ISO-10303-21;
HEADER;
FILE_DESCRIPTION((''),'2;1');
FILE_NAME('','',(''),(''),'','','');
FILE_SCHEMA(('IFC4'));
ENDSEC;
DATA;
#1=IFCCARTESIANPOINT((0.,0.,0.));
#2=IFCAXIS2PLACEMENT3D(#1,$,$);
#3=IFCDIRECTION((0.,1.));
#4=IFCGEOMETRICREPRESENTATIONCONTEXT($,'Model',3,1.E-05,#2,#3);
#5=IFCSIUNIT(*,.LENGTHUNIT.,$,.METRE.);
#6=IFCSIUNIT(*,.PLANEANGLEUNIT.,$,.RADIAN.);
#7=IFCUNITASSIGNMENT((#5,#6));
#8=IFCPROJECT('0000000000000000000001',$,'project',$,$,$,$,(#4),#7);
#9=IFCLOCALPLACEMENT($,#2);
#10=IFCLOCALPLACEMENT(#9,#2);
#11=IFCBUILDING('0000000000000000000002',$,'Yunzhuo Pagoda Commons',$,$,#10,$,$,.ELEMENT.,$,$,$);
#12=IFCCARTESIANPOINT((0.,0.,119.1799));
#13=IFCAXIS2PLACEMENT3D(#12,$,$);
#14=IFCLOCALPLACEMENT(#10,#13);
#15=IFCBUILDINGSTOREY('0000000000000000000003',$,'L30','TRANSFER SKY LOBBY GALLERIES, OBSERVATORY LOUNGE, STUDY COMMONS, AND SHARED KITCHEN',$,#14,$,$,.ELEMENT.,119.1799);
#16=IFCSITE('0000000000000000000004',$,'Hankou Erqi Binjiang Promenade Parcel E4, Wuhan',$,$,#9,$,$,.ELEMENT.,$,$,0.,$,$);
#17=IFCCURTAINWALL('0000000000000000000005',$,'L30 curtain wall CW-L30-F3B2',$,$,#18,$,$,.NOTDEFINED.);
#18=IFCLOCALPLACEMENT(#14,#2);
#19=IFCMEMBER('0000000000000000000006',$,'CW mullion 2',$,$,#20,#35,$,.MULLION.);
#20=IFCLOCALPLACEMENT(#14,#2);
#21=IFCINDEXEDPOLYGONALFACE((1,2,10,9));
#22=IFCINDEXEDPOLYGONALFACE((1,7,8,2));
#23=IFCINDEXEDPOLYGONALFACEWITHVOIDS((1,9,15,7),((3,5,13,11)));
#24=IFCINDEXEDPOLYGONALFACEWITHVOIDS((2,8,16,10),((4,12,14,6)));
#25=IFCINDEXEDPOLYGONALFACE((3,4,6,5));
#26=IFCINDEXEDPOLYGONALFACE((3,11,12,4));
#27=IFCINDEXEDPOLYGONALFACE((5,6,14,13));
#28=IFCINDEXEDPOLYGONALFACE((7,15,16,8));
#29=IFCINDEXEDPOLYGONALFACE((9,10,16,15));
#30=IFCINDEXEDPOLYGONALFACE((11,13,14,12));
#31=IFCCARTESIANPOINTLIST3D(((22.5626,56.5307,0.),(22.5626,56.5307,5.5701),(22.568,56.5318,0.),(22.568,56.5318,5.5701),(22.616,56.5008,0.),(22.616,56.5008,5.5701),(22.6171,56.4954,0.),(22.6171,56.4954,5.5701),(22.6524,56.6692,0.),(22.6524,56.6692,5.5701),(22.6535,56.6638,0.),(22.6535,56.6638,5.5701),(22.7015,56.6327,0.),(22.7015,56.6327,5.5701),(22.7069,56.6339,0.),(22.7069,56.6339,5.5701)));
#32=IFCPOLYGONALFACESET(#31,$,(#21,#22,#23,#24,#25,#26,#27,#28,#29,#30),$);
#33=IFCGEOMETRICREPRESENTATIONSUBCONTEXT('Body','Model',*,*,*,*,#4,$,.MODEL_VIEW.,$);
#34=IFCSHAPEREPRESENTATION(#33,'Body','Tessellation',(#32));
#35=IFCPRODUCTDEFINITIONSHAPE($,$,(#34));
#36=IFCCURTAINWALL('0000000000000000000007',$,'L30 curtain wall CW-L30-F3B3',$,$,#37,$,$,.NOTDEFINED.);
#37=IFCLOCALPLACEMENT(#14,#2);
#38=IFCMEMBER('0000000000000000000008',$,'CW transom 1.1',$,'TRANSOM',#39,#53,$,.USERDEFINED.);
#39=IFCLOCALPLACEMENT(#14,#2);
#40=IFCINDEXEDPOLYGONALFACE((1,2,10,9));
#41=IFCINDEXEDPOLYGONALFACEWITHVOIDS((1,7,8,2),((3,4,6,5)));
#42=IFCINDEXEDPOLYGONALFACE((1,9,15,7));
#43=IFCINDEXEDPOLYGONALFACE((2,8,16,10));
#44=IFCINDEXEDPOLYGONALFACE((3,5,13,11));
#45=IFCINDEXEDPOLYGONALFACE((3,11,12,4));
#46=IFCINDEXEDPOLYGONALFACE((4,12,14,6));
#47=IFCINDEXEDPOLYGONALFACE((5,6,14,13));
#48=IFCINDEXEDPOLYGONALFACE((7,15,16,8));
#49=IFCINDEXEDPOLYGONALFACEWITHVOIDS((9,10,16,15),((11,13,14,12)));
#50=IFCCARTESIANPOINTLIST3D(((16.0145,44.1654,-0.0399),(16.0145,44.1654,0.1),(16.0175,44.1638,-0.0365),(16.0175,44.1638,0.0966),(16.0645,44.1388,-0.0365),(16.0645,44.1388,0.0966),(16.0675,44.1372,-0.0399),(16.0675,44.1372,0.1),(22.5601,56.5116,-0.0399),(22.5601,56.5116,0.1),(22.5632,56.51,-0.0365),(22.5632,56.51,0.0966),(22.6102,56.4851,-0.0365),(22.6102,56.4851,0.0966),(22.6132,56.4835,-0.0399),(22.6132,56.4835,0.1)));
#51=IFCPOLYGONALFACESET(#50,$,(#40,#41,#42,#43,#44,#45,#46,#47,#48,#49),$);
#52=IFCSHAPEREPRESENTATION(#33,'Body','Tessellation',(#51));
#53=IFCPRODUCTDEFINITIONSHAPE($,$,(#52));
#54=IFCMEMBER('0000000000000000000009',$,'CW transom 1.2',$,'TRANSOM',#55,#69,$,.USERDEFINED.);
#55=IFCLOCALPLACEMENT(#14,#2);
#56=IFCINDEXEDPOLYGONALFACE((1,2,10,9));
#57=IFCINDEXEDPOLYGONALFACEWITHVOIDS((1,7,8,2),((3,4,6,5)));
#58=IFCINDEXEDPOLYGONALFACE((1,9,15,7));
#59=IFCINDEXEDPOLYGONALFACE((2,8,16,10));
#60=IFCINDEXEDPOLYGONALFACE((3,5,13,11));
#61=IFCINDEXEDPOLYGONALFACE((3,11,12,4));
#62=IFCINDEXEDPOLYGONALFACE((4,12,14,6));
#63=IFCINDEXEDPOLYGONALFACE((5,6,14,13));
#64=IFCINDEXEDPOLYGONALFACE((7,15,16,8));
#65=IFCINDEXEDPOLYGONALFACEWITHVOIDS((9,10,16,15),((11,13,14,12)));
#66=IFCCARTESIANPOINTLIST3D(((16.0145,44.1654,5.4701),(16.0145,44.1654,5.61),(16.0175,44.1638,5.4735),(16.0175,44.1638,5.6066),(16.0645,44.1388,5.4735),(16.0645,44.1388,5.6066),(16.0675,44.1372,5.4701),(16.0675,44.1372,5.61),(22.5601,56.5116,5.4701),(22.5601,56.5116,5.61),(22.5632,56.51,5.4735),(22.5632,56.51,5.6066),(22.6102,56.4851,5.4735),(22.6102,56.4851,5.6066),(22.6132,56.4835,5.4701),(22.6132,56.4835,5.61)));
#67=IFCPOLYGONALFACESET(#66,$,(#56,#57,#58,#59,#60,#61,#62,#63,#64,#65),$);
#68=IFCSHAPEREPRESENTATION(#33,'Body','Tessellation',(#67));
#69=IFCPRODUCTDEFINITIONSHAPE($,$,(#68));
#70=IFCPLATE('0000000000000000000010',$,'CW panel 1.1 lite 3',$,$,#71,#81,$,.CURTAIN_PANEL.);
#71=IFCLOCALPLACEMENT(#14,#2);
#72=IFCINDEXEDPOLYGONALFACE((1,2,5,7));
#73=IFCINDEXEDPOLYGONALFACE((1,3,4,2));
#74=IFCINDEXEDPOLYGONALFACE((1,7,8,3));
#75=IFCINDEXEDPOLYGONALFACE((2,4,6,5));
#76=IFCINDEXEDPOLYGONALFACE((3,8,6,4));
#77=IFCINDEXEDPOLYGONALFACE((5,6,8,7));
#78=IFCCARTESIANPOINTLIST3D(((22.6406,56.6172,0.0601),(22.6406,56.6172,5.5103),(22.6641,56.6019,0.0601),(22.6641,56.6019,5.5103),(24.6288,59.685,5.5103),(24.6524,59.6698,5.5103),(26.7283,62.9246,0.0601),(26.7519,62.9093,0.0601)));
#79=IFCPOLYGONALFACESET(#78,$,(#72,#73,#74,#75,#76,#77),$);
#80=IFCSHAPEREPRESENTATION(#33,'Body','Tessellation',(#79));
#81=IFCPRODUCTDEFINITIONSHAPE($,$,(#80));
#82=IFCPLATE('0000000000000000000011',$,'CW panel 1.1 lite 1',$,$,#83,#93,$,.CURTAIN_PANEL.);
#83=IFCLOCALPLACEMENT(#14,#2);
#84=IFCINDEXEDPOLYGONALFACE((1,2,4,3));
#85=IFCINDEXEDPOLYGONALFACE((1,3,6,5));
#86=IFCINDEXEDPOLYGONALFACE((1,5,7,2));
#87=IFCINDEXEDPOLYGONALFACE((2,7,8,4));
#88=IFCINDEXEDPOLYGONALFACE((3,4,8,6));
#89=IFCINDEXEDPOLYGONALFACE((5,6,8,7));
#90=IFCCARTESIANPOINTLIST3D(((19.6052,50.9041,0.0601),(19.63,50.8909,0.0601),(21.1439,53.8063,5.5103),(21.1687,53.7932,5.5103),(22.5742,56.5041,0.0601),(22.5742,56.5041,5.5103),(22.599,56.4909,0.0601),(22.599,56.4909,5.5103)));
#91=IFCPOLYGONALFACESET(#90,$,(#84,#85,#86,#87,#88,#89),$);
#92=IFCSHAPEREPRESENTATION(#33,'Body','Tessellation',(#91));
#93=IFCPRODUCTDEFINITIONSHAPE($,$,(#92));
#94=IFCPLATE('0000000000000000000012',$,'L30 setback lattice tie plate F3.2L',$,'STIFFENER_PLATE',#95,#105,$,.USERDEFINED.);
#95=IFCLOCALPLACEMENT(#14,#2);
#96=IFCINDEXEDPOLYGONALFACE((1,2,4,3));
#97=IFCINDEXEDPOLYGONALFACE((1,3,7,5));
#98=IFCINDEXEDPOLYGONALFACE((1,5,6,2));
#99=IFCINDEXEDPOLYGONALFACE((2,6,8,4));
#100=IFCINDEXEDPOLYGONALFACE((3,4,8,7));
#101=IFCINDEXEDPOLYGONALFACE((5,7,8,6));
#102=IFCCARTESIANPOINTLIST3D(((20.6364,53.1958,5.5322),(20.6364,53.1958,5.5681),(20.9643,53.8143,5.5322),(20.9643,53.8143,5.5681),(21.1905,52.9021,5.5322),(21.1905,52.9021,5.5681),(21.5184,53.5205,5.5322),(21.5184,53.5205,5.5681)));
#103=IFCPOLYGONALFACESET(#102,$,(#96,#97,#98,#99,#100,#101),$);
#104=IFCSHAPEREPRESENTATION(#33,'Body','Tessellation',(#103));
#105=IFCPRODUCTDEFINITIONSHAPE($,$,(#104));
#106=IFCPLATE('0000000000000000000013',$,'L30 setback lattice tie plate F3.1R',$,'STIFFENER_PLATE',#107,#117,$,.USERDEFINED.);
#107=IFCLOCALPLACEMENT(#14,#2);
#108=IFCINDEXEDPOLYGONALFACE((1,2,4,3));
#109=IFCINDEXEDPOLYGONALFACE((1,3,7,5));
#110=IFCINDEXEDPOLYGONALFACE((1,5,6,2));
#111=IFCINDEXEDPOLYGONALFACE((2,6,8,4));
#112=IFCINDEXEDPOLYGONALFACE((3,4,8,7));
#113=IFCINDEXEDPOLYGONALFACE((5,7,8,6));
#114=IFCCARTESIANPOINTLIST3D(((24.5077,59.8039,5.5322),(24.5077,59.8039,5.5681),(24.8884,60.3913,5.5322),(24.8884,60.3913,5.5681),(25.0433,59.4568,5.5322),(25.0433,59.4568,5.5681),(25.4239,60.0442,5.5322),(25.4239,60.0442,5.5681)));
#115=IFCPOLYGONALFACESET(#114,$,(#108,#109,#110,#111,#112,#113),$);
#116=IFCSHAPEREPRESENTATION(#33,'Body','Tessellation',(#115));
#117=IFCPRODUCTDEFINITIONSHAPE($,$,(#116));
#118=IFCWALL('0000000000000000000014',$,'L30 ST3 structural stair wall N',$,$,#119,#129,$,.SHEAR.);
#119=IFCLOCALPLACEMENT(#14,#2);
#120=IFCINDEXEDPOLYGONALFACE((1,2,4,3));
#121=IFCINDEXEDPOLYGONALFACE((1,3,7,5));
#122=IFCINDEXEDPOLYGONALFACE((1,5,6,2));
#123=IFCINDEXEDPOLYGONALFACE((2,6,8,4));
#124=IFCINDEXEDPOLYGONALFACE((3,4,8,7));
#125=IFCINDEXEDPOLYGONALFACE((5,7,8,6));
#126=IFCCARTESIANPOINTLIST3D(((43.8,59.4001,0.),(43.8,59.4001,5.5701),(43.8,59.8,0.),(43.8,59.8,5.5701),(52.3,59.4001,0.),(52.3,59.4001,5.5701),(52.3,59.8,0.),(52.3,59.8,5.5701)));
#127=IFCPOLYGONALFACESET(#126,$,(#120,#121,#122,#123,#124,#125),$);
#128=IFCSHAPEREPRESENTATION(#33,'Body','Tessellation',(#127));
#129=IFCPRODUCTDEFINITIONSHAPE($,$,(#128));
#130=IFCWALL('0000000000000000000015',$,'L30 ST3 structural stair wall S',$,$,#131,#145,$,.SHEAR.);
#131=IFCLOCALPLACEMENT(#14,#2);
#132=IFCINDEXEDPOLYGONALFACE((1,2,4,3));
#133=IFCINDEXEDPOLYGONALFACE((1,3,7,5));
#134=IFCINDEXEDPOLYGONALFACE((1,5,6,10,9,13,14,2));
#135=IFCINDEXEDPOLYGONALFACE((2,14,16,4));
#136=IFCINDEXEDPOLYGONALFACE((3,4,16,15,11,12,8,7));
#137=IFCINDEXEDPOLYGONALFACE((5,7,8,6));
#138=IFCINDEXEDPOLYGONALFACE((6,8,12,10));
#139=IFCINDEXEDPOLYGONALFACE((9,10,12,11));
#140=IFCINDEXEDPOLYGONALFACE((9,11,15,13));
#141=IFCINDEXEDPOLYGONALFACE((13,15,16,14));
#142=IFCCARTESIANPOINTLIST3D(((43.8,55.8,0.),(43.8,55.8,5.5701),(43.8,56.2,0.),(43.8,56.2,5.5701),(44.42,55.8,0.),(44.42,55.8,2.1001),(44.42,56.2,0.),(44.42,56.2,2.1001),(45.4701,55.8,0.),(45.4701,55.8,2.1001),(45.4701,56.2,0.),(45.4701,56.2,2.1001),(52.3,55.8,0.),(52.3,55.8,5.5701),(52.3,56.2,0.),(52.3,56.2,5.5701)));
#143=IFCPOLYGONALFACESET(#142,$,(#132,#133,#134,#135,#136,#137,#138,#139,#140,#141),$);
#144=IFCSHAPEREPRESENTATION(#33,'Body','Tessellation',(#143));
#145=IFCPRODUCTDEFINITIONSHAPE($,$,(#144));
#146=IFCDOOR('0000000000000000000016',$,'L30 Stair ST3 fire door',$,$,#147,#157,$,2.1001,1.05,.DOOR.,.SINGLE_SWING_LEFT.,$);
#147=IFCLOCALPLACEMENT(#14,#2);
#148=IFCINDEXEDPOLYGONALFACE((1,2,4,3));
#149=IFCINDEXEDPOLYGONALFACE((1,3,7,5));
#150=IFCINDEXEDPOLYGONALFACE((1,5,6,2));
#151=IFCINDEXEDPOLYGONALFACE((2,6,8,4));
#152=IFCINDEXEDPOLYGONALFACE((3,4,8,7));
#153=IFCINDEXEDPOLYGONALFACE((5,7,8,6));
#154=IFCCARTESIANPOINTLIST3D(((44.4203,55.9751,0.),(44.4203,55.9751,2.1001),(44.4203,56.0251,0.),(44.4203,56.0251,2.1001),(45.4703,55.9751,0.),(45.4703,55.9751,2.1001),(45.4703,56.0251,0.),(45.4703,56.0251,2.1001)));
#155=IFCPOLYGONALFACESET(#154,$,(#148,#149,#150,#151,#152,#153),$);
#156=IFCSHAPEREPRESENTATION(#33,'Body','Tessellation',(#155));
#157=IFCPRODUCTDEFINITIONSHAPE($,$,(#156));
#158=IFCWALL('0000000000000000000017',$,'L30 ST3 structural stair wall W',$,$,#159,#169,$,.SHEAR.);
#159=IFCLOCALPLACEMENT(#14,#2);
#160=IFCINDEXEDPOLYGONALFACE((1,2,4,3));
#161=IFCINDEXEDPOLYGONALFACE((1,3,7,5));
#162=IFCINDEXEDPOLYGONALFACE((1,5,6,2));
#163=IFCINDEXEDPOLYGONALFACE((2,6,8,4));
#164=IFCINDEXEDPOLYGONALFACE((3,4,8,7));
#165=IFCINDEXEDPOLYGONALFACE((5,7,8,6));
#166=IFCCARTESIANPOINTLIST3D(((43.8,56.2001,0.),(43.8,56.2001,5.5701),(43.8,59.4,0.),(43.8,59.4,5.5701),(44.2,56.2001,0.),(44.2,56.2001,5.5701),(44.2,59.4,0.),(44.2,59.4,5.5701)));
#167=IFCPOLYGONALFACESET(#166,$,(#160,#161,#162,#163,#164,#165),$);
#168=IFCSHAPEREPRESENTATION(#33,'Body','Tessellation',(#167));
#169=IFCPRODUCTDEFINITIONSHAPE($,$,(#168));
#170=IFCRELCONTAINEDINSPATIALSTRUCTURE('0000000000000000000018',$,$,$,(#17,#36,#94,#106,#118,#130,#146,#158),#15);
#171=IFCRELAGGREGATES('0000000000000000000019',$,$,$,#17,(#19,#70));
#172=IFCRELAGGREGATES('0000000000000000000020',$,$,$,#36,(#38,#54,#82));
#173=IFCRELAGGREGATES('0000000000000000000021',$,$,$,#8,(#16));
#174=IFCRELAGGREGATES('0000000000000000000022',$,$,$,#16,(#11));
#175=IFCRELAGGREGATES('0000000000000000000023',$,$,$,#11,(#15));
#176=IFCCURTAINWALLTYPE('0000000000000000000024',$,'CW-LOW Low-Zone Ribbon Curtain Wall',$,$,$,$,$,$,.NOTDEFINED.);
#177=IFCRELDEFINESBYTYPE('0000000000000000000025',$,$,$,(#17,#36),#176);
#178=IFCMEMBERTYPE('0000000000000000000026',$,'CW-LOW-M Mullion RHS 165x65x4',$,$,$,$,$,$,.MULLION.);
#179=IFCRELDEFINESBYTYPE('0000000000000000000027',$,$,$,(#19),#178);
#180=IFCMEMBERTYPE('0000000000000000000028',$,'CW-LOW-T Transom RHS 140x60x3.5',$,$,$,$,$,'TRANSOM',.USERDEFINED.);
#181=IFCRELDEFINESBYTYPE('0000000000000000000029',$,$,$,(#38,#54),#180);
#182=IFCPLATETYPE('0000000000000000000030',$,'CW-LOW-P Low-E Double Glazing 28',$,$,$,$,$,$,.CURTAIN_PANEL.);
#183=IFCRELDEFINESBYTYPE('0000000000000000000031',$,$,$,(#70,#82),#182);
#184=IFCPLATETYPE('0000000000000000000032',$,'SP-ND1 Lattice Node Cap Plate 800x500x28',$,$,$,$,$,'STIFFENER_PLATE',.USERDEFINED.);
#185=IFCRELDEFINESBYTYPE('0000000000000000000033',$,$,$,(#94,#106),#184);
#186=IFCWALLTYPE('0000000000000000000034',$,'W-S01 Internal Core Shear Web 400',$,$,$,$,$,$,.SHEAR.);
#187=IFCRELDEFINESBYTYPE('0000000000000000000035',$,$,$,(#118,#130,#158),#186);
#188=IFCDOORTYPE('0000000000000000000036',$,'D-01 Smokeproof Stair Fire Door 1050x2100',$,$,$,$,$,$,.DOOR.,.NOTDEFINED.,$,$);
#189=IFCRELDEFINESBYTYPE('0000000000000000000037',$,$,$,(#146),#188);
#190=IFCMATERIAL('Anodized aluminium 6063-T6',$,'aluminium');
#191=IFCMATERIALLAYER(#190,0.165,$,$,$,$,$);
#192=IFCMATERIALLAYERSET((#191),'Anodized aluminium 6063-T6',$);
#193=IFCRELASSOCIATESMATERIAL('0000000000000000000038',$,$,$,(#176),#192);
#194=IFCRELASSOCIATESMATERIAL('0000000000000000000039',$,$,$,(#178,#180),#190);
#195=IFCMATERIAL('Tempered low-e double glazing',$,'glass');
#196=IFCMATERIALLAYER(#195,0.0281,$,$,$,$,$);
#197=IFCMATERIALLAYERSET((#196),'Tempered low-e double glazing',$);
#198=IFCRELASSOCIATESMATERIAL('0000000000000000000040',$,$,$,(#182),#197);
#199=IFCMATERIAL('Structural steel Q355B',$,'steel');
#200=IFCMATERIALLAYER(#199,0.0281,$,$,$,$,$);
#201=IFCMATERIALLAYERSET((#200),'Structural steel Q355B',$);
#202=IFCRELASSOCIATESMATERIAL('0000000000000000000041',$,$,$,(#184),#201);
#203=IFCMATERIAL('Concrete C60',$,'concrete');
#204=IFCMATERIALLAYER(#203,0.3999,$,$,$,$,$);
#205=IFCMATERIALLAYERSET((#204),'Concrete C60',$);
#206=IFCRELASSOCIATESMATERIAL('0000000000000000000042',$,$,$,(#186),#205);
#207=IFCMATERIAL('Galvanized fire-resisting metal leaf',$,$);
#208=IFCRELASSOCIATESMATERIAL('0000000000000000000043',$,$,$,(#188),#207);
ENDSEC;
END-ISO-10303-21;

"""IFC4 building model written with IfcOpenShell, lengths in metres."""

from ifc_helpers import new_model, si_unit, direction, frame, frame_2d, origin, origin_2d, place, context, subcontext, project, spatial, polyline, rectangle, hollow_rectangle, outline, extrude, source, transform, mapped, material, layer, layer_set, material_profile, profile_set, type_object, element, fill, aggregate, save


model = new_model("IFC4")

# Units and contexts
model_context = context("Model", 3, precision=1e-05, world=origin(), true_north=direction((0.0, 1.0)))
body_context = subcontext(model_context, "Body", "Model", "MODEL_VIEW")
ifc_project = project(units=[si_unit("LENGTHUNIT", "METRE"), si_unit("PLANEANGLEUNIT", "RADIAN")], contexts=[model_context])

# Site, building, storey
site_placement = place(None, origin())
site = spatial("IfcSite", under=ifc_project, at=site_placement, Name="Hankou Erqi Binjiang Promenade Parcel E4, Wuhan", CompositionType="ELEMENT", RefElevation=0.0)
building_placement = place(site_placement, origin())
building = spatial("IfcBuilding", under=site, at=building_placement, Name="Yunzhuo Pagoda Commons", CompositionType="ELEMENT")
storey_placement = place(building_placement, frame((0.0, 0.0, 119.1799)))
storey = spatial("IfcBuildingStorey", under=building, at=storey_placement, Name="L30", Description="TRANSFER SKY LOBBY GALLERIES, OBSERVATORY LOUNGE, STUDY COMMONS, AND SHARED KITCHEN", CompositionType="ELEMENT", Elevation=119.1799)

# Shared definitions
ifc_material_1 = material(Name="Structural steel Q355B", Category="steel")

# Curtain wall, member
ifc_material_2 = material(Name="Anodized aluminium 6063-T6", Category="aluminium")
ifc_layer_1 = layer(ifc_material_2, 0.165)
ifc_layer_set_1 = layer_set([ifc_layer_1], Name="Anodized aluminium 6063-T6")
curtain_wall_type = type_object("IfcCurtainWallType", Name="CW-LOW Low-Zone Ribbon Curtain Wall", PredefinedType="NOTDEFINED", material=ifc_layer_set_1)
curtain_wall_1_placement = place(storey_placement, origin())
curtain_wall_1 = element("IfcCurtainWall", 1, at=curtain_wall_1_placement, inside=storey, type_object=curtain_wall_type, Name="L30 curtain wall CW-L30-F3B2", PredefinedType="NOTDEFINED")
ifc_material_profile_1 = material_profile(ifc_material_2, hollow_rectangle(XDim=0.0649, YDim=0.165, WallThickness=0.0039, at=origin_2d()), Name="Anodized aluminium 6063-T6")
ifc_profile_set_1 = profile_set([ifc_material_profile_1], Name="Anodized aluminium 6063-T6")
member_type_1 = type_object("IfcMemberType", Name="CW-LOW-M Mullion RHS 165x65x4", PredefinedType="MULLION", material=ifc_profile_set_1)
shared_shape_1 = source(origin(), body_context, "Body", "SweptSolid", [
    extrude(hollow_rectangle(XDim=0.0649, YDim=0.165, WallThickness=0.0039, at=origin_2d()), origin(), (0.0, 0.0, 1.0), 5.5701),
])
member_1_placement = place(storey_placement, frame((22.6348, 56.5823, 0.0), z_axis=(0.0, 0.0, 1.0), x_axis=(0.839175, -0.543862, 0.0)))
member_1 = element("IfcMember", 2, at=member_1_placement, type_object=member_type_1, Name="CW mullion 2", PredefinedType="MULLION", context=body_context, shape_type="MappedRepresentation", body=[
    mapped(shared_shape_1, transform((0.0, 0.0, 0.0), scale=1.0)),
])

# Curtain wall, members
curtain_wall_2_placement = place(storey_placement, origin())
curtain_wall_2 = element("IfcCurtainWall", 3, at=curtain_wall_2_placement, inside=storey, type_object=curtain_wall_type, Name="L30 curtain wall CW-L30-F3B3", PredefinedType="NOTDEFINED")
ifc_material_profile_2 = material_profile(ifc_material_2, hollow_rectangle(XDim=0.0601, YDim=0.1399, WallThickness=0.0034, at=origin_2d()), Name="Anodized aluminium 6063-T6")
ifc_profile_set_2 = profile_set([ifc_material_profile_2], Name="Anodized aluminium 6063-T6")
member_type_2 = type_object("IfcMemberType", Name="CW-LOW-T Transom RHS 140x60x3.5", ElementType="TRANSOM", PredefinedType="USERDEFINED", material=ifc_profile_set_2)
shared_shape_2 = source(origin(), body_context, "Body", "SweptSolid", [
    extrude(hollow_rectangle(XDim=0.0601, YDim=0.1399, WallThickness=0.0034, at=origin_2d()), origin(), (0.0, 0.0, 1.0), 13.9741),
])
member_2_placement = place(storey_placement, frame((22.5867, 56.4976, 0.03), z_axis=(-0.468415, -0.883509, 0.0), x_axis=(0.883509, -0.468415, 0.0)))
member_2 = element("IfcMember", 4, at=member_2_placement, type_object=member_type_2, Name="CW transom 1.1", ObjectType="TRANSOM", PredefinedType="USERDEFINED", context=body_context, shape_type="MappedRepresentation", body=[
    mapped(shared_shape_2, transform((0.0, 0.0, 0.0), scale=1.0)),
])
member_3_placement = place(storey_placement, frame((22.5867, 56.4976, 5.54), z_axis=(-0.468415, -0.883509, 0.0), x_axis=(0.883509, -0.468415, 0.0)))
member_3 = element("IfcMember", 5, at=member_3_placement, type_object=member_type_2, Name="CW transom 1.2", ObjectType="TRANSOM", PredefinedType="USERDEFINED", context=body_context, shape_type="MappedRepresentation", body=[
    mapped(shared_shape_2, transform((0.0, 0.0, 0.0), scale=1.0)),
])

# Plates
ifc_material_3 = material(Name="Tempered low-e double glazing", Category="glass")
ifc_layer_2 = layer(ifc_material_3, 0.0281)
ifc_layer_set_2 = layer_set([ifc_layer_2], Name="Tempered low-e double glazing")
plate_type_1 = type_object("IfcPlateType", Name="CW-LOW-P Low-E Double Glazing 28", PredefinedType="CURTAIN_PANEL", material=ifc_layer_set_2)
plate_1_placement = place(storey_placement, frame((24.708, 59.7556, 2.7852), z_axis=(-0.839175, 0.543862, 0.0), x_axis=(-0.543862, -0.839175, 0.0)))
plate_1 = element("IfcPlate", 6, at=plate_1_placement, type_object=plate_type_1, Name="CW panel 1.1 lite 3", PredefinedType="CURTAIN_PANEL", context=body_context, shape_type="SweptSolid", body=[
    extrude(outline(polyline([(-3.7581, -2.7251), (3.7581, -2.7251), (3.7581, 2.7251), (0.1023, 2.7251), (-3.7581, -2.7251)])), origin(), (0.0, 0.0, 1.0), 0.0281),
])
aggregate(curtain_wall_1, [member_1, plate_1])
plate_2_placement = place(storey_placement, frame((21.1145, 53.6909, 2.7852), z_axis=(-0.883512, 0.468408, 0.0), x_axis=(-0.468408, -0.883512, 0.0)))
plate_2 = element("IfcPlate", 7, at=plate_2_placement, type_object=plate_type_1, Name="CW panel 1.1 lite 1", PredefinedType="CURTAIN_PANEL", context=body_context, shape_type="SweptSolid", body=[
    extrude(outline(polyline([(-3.1692, -2.7251), (3.1692, -2.7251), (-0.1157, 2.7251), (-3.1692, 2.7251), (-3.1692, -2.7251)])), origin(), (0.0, 0.0, 1.0), 0.0281),
])
aggregate(curtain_wall_2, [member_2, member_3, plate_2])

# Plates
ifc_layer_3 = layer(ifc_material_1, 0.0281)
ifc_layer_set_3 = layer_set([ifc_layer_3], Name="Structural steel Q355B")
plate_type_2 = type_object("IfcPlateType", Name="SP-ND1 Lattice Node Cap Plate 800x500x28", ElementType="STIFFENER_PLATE", PredefinedType="USERDEFINED", material=ifc_layer_set_3)
shared_shape_3 = source(origin(), body_context, "Body", "SweptSolid", [
    extrude(rectangle(XDim=0.7, YDim=0.6272, at=origin_2d()), origin(), (0.0, 0.0, 1.0), 0.0359),
])
plate_3_placement = place(storey_placement, frame((21.0774, 53.3582, 5.5322), z_axis=(0.0, 0.0, 1.0), x_axis=(-0.468408, -0.883512, 0.0)))
element("IfcPlate", 8, at=plate_3_placement, inside=storey, type_object=plate_type_2, Name="L30 setback lattice tie plate F3.2L", ObjectType="STIFFENER_PLATE", PredefinedType="USERDEFINED", context=body_context, shape_type="MappedRepresentation", body=[
    mapped(shared_shape_3, transform((0.0, 0.0, 0.0), scale=1.0)),
])
shared_shape_4 = source(origin(), body_context, "Body", "SweptSolid", [
    extrude(rectangle(XDim=0.7, YDim=0.6382, at=origin_2d()), origin(), (0.0, 0.0, 1.0), 0.0359),
])
plate_4_placement = place(storey_placement, frame((24.9658, 59.9241, 5.5322), z_axis=(0.0, 0.0, 1.0), x_axis=(-0.543863, -0.839174, 0.0)))
element("IfcPlate", 9, at=plate_4_placement, inside=storey, type_object=plate_type_2, Name="L30 setback lattice tie plate F3.1R", ObjectType="STIFFENER_PLATE", PredefinedType="USERDEFINED", context=body_context, shape_type="MappedRepresentation", body=[
    mapped(shared_shape_4, transform((0.0, 0.0, 0.0), scale=1.0)),
])

# Wall
ifc_material_4 = material(Name="Concrete C60", Category="concrete")
ifc_layer_4 = layer(ifc_material_4, 0.3999)
ifc_layer_set_4 = layer_set([ifc_layer_4], Name="Concrete C60")
wall_type = type_object("IfcWallType", Name="W-S01 Internal Core Shear Web 400", PredefinedType="SHEAR", material=ifc_layer_set_4)
wall_1_placement = place(storey_placement, frame((43.8, 59.6001, 0.0), z_axis=(0.0, 0.0, 1.0), x_axis=(1.0, 0.0, 0.0)))
element("IfcWall", 10, at=wall_1_placement, inside=storey, type_object=wall_type, Name="L30 ST3 structural stair wall N", PredefinedType="SHEAR", context=body_context, shape_type="SweptSolid", body=[
    extrude(rectangle(XDim=8.5, YDim=0.3999, at=frame_2d((4.25, 0.0))), origin(), (0.0, 0.0, 1.0), 5.5701),
])

# Wall, opening, door
wall_2_placement = place(storey_placement, frame((43.8, 56.0, 0.0), z_axis=(0.0, 0.0, 1.0), x_axis=(1.0, 0.0, 0.0)))
wall_2 = element("IfcWall", 11, at=wall_2_placement, inside=storey, type_object=wall_type, Name="L30 ST3 structural stair wall S", PredefinedType="SHEAR", context=body_context, shape_type="SweptSolid", body=[
    extrude(rectangle(XDim=8.5, YDim=0.3999, at=frame_2d((4.25, 0.0))), origin(), (0.0, 0.0, 1.0), 5.5701),
])
opening_placement = place(wall_2_placement, frame((0.6201, 0.0, 0.0)))
opening = element("IfcOpeningElement", 12, at=opening_placement, cuts=wall_2, PredefinedType="OPENING", context=body_context, shape_type="SweptSolid", body=[
    extrude(rectangle(XDim=1.05, YDim=2.1001, at=frame_2d((0.5249, 1.05))), frame((0.0, 0.21, 0.0), z_axis=(0.0, -1.0, 0.0), x_axis=(1.0, 0.0, 0.0)), (0.0, 0.0, 1.0), 0.4199),
])
ifc_material_5 = material(Name="Galvanized fire-resisting metal leaf")
door_type = type_object("IfcDoorType", Name="D-01 Smokeproof Stair Fire Door 1050x2100", OperationType="NOTDEFINED", PredefinedType="DOOR", material=ifc_material_5)
shared_shape_5 = source(origin(), body_context, "Body", "SweptSolid", [
    extrude(rectangle(XDim=1.05, YDim=2.1001, at=frame_2d((0.5249, 1.05))), frame((0.0, 0.0249, 0.0), z_axis=(0.0, -1.0, 0.0), x_axis=(1.0, 0.0, 0.0)), (0.0, 0.0, 1.0), 0.05),
])
door_placement = place(opening_placement, frame((1.05, 0.0, 0.0), z_axis=(0.0, 0.0, 1.0), x_axis=(-1.0, 0.0, 0.0)))
door = element("IfcDoor", 13, at=door_placement, inside=storey, type_object=door_type, Name="L30 Stair ST3 fire door", OperationType="SINGLE_SWING_LEFT", OverallHeight=2.1001, OverallWidth=1.05, PredefinedType="DOOR", context=body_context, shape_type="MappedRepresentation", body=[
    mapped(shared_shape_5, transform((0.0, 0.0, 0.0), scale=1.0)),
])
fill(opening, door)

# Wall
wall_3_placement = place(storey_placement, frame((44.0, 56.2, 0.0), z_axis=(0.0, 0.0, 1.0), x_axis=(0.0, 1.0, 0.0)))
element("IfcWall", 14, at=wall_3_placement, inside=storey, type_object=wall_type, Name="L30 ST3 structural stair wall W", PredefinedType="SHEAR", context=body_context, shape_type="SweptSolid", body=[
    extrude(rectangle(XDim=3.2, YDim=0.3999, at=frame_2d((1.6001, 0.0))), origin(), (0.0, 0.0, 1.0), 5.5701),
])

save(model, "model.ifc")
